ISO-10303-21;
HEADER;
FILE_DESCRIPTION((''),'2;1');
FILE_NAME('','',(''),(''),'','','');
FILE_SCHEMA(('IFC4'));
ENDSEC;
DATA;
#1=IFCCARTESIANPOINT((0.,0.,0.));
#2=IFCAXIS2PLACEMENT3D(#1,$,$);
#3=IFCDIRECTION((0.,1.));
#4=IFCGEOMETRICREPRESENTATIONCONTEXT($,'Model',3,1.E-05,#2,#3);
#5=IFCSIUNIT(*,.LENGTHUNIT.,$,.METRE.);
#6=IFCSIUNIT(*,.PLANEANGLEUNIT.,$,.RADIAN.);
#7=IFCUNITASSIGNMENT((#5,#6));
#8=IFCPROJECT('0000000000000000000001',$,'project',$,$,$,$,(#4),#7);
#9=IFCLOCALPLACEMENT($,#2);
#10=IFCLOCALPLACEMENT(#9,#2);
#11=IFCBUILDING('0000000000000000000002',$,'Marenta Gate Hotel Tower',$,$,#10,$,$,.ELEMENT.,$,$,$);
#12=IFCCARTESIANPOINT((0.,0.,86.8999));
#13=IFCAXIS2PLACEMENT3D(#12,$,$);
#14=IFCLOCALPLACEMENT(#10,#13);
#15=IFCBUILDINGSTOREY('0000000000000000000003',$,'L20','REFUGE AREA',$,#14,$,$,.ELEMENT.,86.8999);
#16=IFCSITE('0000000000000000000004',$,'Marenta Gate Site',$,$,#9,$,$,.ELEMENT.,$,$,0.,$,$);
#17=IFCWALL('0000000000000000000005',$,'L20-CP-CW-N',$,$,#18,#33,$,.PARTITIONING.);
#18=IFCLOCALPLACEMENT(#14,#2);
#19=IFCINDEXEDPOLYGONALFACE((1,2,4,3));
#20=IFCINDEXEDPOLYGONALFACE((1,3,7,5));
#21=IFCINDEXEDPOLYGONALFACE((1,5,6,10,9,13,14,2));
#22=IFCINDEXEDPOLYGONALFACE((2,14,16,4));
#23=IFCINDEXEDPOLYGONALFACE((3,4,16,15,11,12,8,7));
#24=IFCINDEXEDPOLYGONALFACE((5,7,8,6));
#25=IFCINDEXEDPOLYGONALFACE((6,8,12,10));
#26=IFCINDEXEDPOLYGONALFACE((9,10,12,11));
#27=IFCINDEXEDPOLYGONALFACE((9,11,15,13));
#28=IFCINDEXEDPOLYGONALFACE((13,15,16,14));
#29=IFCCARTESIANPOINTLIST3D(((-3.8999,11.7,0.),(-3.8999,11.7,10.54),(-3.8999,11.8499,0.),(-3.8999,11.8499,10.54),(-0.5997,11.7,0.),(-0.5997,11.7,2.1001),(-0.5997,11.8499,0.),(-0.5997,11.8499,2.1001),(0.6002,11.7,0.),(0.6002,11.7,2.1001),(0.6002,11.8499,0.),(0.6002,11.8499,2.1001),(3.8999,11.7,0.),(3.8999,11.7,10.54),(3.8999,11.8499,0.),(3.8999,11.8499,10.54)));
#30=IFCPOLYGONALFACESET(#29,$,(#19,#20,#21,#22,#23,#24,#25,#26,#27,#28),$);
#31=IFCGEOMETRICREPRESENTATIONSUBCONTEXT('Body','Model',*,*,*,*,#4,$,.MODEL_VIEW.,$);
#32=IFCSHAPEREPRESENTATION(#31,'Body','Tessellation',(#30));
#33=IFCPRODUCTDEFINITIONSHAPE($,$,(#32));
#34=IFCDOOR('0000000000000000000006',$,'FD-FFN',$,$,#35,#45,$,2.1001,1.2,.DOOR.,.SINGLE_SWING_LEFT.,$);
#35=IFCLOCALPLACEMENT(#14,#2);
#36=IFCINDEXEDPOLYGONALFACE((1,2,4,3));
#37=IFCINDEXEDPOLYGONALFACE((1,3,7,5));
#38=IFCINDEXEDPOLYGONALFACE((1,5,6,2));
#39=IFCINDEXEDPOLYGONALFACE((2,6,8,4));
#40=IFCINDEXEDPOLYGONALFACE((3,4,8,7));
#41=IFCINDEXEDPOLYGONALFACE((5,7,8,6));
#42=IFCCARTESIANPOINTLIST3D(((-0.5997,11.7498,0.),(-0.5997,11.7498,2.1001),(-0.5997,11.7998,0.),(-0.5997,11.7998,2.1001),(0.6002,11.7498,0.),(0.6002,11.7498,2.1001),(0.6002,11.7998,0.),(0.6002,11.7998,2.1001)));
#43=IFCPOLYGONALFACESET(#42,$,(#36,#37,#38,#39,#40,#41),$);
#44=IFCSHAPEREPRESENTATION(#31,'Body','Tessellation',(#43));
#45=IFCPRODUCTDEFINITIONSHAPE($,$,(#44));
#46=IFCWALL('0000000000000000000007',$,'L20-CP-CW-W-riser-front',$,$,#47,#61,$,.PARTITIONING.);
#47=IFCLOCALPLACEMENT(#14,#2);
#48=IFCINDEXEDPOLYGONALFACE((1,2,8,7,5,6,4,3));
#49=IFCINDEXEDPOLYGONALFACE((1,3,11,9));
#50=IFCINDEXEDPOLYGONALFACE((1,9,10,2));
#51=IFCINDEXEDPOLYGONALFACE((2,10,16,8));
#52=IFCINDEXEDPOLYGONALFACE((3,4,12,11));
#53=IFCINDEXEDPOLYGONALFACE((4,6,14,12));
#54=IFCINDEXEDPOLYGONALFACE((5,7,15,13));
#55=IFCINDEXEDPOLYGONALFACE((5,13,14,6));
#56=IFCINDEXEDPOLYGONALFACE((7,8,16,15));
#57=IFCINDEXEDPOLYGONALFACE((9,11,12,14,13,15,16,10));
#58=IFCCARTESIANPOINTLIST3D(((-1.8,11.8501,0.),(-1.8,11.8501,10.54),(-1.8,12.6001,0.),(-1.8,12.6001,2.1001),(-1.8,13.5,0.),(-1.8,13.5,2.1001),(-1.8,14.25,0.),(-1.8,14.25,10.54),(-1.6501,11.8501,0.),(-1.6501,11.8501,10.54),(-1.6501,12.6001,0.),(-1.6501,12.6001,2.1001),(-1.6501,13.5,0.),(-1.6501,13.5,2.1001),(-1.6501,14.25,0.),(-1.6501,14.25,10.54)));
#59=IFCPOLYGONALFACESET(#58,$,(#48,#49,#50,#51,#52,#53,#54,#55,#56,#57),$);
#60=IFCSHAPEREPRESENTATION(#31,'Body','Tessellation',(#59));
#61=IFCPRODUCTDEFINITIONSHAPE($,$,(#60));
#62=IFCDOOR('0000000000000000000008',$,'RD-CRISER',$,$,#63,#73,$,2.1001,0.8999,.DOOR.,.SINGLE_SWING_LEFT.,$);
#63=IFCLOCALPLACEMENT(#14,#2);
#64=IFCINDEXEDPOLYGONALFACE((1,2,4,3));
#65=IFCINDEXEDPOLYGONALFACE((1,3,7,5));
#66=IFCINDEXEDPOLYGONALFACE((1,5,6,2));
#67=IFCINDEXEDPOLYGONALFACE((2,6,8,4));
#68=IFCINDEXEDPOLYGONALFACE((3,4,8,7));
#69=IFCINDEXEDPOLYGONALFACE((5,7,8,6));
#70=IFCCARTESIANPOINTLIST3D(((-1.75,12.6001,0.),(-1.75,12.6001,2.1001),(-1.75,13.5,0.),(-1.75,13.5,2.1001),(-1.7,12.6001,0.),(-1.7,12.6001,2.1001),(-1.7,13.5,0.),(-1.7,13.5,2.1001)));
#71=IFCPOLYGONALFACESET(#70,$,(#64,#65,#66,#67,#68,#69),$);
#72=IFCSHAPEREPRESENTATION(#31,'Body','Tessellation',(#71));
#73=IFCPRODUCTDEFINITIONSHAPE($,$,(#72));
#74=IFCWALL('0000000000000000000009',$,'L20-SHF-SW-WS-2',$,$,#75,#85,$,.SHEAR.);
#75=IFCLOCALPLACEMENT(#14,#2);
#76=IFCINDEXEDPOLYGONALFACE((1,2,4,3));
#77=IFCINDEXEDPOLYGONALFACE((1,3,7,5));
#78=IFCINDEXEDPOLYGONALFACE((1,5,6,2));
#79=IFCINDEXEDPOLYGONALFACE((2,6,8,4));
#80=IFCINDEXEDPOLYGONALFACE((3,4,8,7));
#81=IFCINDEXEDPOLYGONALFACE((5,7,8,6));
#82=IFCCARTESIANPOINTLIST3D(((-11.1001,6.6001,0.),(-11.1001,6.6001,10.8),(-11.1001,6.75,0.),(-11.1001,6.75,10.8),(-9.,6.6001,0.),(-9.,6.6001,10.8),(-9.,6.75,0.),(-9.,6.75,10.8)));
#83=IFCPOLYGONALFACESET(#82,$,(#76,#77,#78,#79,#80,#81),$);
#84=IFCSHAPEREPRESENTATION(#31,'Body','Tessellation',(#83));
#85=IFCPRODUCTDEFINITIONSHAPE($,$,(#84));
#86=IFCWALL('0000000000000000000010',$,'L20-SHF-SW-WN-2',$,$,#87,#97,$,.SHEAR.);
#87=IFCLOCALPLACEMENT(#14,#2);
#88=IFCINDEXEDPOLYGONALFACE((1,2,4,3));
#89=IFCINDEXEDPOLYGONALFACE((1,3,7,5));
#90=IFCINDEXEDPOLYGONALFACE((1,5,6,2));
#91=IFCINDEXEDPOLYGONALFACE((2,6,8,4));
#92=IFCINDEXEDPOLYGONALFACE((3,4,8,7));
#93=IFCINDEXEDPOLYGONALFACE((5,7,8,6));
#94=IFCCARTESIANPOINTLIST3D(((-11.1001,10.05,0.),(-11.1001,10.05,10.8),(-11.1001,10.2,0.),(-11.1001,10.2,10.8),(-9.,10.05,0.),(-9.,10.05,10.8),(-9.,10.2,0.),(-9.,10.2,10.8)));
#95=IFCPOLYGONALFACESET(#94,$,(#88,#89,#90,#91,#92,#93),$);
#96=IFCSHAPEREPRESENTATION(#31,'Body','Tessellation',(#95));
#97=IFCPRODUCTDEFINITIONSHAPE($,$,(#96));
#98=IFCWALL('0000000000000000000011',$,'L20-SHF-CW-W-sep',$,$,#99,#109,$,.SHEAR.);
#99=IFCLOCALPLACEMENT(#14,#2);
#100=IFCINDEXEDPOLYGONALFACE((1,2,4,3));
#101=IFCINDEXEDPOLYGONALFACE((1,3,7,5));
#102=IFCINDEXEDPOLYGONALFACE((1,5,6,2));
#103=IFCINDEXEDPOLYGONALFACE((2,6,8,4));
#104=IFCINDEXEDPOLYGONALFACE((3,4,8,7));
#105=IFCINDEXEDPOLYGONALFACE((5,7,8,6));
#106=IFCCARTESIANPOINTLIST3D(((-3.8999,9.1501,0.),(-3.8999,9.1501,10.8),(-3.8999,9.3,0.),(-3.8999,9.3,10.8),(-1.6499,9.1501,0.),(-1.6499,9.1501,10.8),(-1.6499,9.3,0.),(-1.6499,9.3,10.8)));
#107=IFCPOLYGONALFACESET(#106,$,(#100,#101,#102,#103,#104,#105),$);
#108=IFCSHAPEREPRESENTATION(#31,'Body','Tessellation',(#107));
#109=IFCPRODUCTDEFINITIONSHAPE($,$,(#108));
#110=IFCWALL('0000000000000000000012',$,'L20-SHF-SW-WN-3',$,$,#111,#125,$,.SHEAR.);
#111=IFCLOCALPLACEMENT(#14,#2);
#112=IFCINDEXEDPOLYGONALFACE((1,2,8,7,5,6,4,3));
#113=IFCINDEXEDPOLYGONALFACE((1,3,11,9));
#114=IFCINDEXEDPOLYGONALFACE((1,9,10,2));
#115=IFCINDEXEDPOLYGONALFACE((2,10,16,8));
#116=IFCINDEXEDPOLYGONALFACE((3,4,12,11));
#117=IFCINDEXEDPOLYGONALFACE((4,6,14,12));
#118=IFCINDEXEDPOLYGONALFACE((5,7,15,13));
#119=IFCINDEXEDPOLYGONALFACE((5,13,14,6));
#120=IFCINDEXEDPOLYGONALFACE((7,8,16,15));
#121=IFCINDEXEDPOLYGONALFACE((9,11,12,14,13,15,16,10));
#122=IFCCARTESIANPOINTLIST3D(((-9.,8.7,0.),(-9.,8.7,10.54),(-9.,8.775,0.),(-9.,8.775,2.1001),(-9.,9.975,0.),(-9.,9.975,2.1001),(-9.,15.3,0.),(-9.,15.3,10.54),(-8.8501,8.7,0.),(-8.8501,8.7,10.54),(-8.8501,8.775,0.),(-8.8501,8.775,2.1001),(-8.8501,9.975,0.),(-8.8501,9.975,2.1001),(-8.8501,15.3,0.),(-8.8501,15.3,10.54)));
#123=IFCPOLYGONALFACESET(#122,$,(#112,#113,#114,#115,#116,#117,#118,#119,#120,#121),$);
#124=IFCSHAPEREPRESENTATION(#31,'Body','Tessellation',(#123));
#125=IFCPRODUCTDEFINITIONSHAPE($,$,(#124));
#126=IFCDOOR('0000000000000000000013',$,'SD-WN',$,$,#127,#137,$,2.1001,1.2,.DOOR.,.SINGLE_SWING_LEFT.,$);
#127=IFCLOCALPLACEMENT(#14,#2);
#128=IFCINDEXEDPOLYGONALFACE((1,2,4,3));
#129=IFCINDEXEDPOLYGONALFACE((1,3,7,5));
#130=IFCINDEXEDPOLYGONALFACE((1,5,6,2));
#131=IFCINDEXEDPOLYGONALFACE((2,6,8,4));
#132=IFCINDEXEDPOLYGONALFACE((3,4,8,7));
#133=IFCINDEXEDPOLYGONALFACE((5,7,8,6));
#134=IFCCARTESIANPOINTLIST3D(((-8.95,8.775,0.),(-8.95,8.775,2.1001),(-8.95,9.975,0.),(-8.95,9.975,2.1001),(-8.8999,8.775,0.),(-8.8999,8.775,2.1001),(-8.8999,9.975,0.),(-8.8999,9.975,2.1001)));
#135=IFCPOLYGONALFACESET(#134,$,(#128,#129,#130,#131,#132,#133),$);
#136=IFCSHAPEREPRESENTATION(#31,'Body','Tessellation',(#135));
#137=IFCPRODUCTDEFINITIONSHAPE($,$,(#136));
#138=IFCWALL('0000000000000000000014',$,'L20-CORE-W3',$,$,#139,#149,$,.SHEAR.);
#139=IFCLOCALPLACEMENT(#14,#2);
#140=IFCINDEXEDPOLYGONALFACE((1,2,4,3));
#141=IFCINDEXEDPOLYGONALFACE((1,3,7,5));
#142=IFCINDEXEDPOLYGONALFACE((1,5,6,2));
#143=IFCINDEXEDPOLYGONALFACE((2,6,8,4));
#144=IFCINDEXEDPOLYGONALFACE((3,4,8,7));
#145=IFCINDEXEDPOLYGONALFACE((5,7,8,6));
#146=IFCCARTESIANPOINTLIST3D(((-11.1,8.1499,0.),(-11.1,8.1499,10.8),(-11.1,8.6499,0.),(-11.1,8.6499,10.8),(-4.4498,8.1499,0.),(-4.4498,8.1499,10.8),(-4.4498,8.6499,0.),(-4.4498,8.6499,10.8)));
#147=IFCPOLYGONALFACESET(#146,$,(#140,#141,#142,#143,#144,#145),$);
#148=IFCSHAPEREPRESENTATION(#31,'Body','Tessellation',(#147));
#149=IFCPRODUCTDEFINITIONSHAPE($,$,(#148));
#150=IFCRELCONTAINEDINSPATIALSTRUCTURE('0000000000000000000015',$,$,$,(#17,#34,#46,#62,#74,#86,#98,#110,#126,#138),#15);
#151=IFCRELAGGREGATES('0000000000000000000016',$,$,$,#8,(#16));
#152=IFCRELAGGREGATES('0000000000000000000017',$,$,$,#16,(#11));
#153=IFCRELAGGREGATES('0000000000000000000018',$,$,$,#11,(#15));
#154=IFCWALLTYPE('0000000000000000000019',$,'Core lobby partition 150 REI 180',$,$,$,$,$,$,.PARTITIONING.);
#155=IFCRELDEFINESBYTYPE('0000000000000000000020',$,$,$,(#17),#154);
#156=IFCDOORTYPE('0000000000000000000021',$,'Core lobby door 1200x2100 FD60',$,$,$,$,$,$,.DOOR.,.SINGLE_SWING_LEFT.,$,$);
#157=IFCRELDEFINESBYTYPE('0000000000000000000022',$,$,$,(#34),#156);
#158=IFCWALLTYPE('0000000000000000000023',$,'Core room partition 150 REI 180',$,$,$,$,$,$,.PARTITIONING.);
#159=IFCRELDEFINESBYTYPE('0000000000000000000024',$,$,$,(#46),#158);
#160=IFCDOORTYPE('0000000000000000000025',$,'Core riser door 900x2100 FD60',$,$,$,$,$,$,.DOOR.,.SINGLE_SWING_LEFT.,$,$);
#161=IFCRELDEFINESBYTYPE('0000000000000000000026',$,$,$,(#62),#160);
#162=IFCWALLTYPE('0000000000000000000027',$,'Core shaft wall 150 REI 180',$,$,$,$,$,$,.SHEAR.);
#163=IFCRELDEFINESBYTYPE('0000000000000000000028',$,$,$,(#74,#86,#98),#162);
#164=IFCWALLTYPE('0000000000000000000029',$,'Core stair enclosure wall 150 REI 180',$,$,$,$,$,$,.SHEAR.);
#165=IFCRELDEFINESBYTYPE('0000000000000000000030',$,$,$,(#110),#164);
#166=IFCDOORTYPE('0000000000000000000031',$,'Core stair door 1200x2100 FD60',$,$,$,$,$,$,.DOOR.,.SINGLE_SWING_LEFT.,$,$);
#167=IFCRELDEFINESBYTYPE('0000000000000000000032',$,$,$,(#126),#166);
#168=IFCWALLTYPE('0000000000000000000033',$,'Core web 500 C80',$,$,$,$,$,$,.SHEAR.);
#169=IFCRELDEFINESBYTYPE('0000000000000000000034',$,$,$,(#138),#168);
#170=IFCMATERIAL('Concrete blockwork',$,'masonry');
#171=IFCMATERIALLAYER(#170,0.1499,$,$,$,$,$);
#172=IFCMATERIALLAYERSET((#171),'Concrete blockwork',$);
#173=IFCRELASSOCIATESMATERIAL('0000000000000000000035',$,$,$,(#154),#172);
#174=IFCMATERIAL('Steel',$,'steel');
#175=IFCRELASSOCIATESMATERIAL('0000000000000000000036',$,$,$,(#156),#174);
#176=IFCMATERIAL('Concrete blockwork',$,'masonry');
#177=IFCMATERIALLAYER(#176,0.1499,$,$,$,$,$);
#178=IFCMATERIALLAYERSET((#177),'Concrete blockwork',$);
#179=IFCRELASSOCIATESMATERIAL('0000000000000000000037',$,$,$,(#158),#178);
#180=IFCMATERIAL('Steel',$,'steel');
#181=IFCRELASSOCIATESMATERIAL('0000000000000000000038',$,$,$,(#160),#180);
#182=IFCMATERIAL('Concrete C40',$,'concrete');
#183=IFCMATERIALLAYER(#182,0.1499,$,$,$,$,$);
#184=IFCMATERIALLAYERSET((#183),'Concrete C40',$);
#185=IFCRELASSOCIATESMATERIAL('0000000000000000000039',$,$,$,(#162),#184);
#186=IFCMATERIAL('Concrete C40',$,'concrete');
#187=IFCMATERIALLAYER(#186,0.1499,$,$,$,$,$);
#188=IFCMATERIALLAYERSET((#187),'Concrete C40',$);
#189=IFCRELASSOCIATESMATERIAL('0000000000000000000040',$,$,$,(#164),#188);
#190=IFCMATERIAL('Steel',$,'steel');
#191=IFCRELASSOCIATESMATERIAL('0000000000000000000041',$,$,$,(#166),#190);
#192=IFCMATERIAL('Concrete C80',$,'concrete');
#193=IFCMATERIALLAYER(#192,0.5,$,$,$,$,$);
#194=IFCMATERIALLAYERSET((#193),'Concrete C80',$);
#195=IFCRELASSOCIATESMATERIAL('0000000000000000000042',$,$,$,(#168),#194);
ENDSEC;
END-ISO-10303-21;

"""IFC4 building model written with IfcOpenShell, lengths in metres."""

from ifc_helpers import new_model, si_unit, direction, frame, frame_2d, origin, place, context, subcontext, project, spatial, rectangle, extrude, material, layer, layer_set, type_object, element, fill, save


model = new_model("IFC4")

# Units and contexts
model_context = context("Model", 3, precision=1e-05, world=origin(), true_north=direction((0.0, 1.0)))
body_context = subcontext(model_context, "Body", "Model", "MODEL_VIEW")
ifc_project = project(units=[si_unit("LENGTHUNIT", "METRE"), si_unit("PLANEANGLEUNIT", "RADIAN")], contexts=[model_context])

# Site, building, storey
site_placement = place(None, origin())
site = spatial("IfcSite", under=ifc_project, at=site_placement, Name="Marenta Gate Site", CompositionType="ELEMENT", RefElevation=0.0)
building_placement = place(site_placement, origin())
building = spatial("IfcBuilding", under=site, at=building_placement, Name="Marenta Gate Hotel Tower", CompositionType="ELEMENT")
storey_placement = place(building_placement, frame((0.0, 0.0, 86.8999)))
storey = spatial("IfcBuildingStorey", under=building, at=storey_placement, Name="L20", Description="REFUGE AREA", CompositionType="ELEMENT", Elevation=86.8999)

# Walls, openings, doors
ifc_material_1 = material(Name="Concrete blockwork", Category="masonry")
ifc_layer_1 = layer(ifc_material_1, 0.1499)
ifc_layer_set_1 = layer_set([ifc_layer_1], Name="Concrete blockwork")
wall_type_1 = type_object("IfcWallType", Name="Core lobby partition 150 REI 180", PredefinedType="PARTITIONING", material=ifc_layer_set_1)
wall_1_placement = place(storey_placement, frame((-3.8999, 11.7749, 0.0), z_axis=(0.0, 0.0, 1.0), x_axis=(1.0, 0.0, 0.0)))
wall_1 = element("IfcWall", 1, at=wall_1_placement, inside=storey, type_object=wall_type_1, Name="L20-CP-CW-N", PredefinedType="PARTITIONING", context=body_context, shape_type="SweptSolid", body=[
    extrude(rectangle(XDim=7.7998, YDim=0.1499, at=frame_2d((3.8999, 0.0))), origin(), (0.0, 0.0, 1.0), 10.54),
])
opening_1_placement = place(wall_1_placement, frame((3.3, 0.0, 0.0)))
opening_1 = element("IfcOpeningElement", 2, at=opening_1_placement, cuts=wall_1, PredefinedType="OPENING", context=body_context, shape_type="SweptSolid", body=[
    extrude(rectangle(XDim=1.2, YDim=2.1001, at=frame_2d((0.6001, 1.05))), frame((0.0, 0.075, 0.0), z_axis=(0.0, -1.0, 0.0), x_axis=(1.0, 0.0, 0.0)), (0.0, 0.0, 1.0), 0.1499),
])
ifc_material_2 = material(Name="Steel", Category="steel")
door_type_1 = type_object("IfcDoorType", Name="Core lobby door 1200x2100 FD60", OperationType="SINGLE_SWING_LEFT", PredefinedType="DOOR", material=ifc_material_2)
door_1_placement = place(opening_1_placement, origin())
door_1 = element("IfcDoor", 3, at=door_1_placement, inside=storey, type_object=door_type_1, Name="FD-FFN", OperationType="SINGLE_SWING_LEFT", OverallHeight=2.1001, OverallWidth=1.2, PredefinedType="DOOR", context=body_context, shape_type="SweptSolid", body=[
    extrude(rectangle(XDim=1.2, YDim=2.1001, at=frame_2d((0.6001, 1.05))), frame((0.0, 0.0249, 0.0), z_axis=(0.0, -1.0, 0.0), x_axis=(1.0, 0.0, 0.0)), (0.0, 0.0, 1.0), 0.05),
])
fill(opening_1, door_1)
ifc_material_3 = material(Name="Concrete blockwork", Category="masonry")
ifc_layer_2 = layer(ifc_material_3, 0.1499)
ifc_layer_set_2 = layer_set([ifc_layer_2], Name="Concrete blockwork")
wall_type_2 = type_object("IfcWallType", Name="Core room partition 150 REI 180", PredefinedType="PARTITIONING", material=ifc_layer_set_2)
wall_2_placement = place(storey_placement, frame((-1.7251, 11.8501, 0.0), z_axis=(0.0, 0.0, 1.0), x_axis=(0.0, 1.0, 0.0)))
wall_2 = element("IfcWall", 4, at=wall_2_placement, inside=storey, type_object=wall_type_2, Name="L20-CP-CW-W-riser-front", PredefinedType="PARTITIONING", context=body_context, shape_type="SweptSolid", body=[
    extrude(rectangle(XDim=2.3999, YDim=0.1499, at=frame_2d((1.2, 0.0))), origin(), (0.0, 0.0, 1.0), 10.54),
])
opening_2_placement = place(wall_2_placement, frame((0.75, 0.0, 0.0)))
opening_2 = element("IfcOpeningElement", 5, at=opening_2_placement, cuts=wall_2, PredefinedType="OPENING", context=body_context, shape_type="SweptSolid", body=[
    extrude(rectangle(XDim=0.8999, YDim=2.1001, at=frame_2d((0.45, 1.05))), frame((0.0, 0.075, 0.0), z_axis=(0.0, -1.0, 0.0), x_axis=(1.0, 0.0, 0.0)), (0.0, 0.0, 1.0), 0.1499),
])
ifc_material_4 = material(Name="Steel", Category="steel")
door_type_2 = type_object("IfcDoorType", Name="Core riser door 900x2100 FD60", OperationType="SINGLE_SWING_LEFT", PredefinedType="DOOR", material=ifc_material_4)
door_2_placement = place(opening_2_placement, origin())
door_2 = element("IfcDoor", 6, at=door_2_placement, inside=storey, type_object=door_type_2, Name="RD-CRISER", OperationType="SINGLE_SWING_LEFT", OverallHeight=2.1001, OverallWidth=0.8999, PredefinedType="DOOR", context=body_context, shape_type="SweptSolid", body=[
    extrude(rectangle(XDim=0.8999, YDim=2.1001, at=frame_2d((0.45, 1.05))), frame((0.0, 0.0249, 0.0), z_axis=(0.0, -1.0, 0.0), x_axis=(1.0, 0.0, 0.0)), (0.0, 0.0, 1.0), 0.05),
])
fill(opening_2, door_2)

# Walls
ifc_material_5 = material(Name="Concrete C40", Category="concrete")
ifc_layer_3 = layer(ifc_material_5, 0.1499)
ifc_layer_set_3 = layer_set([ifc_layer_3], Name="Concrete C40")
wall_type_3 = type_object("IfcWallType", Name="Core shaft wall 150 REI 180", PredefinedType="SHEAR", material=ifc_layer_set_3)
for number, where, z_axis, x_axis, name in (
    (7, (-11.1001, 6.675, 0.0), (0.0, 0.0, 1.0), (1.0, 0.0, 0.0), "L20-SHF-SW-WS-2"),
    (8, (-11.1001, 10.125, 0.0), (0.0, 0.0, 1.0), (1.0, 0.0, 0.0), "L20-SHF-SW-WN-2"),
):
    element("IfcWall", number, at=place(storey_placement, frame(where, z_axis=z_axis, x_axis=x_axis)), inside=storey, type_object=wall_type_3, Name=name, PredefinedType="SHEAR", context=body_context, shape_type="SweptSolid", body=[
        extrude(rectangle(XDim=2.1001, YDim=0.1499, at=frame_2d((1.05, 0.0))), origin(), (0.0, 0.0, 1.0), 10.8),
    ])
wall_3_placement = place(storey_placement, frame((-3.8999, 9.2251, 0.0), z_axis=(0.0, 0.0, 1.0), x_axis=(1.0, 0.0, 0.0)))
element("IfcWall", 9, at=wall_3_placement, inside=storey, type_object=wall_type_3, Name="L20-SHF-CW-W-sep", PredefinedType="SHEAR", context=body_context, shape_type="SweptSolid", body=[
    extrude(rectangle(XDim=2.25, YDim=0.1499, at=frame_2d((1.125, 0.0))), origin(), (0.0, 0.0, 1.0), 10.8),
])

# Wall, opening, door
ifc_material_6 = material(Name="Concrete C40", Category="concrete")
ifc_layer_4 = layer(ifc_material_6, 0.1499)
ifc_layer_set_4 = layer_set([ifc_layer_4], Name="Concrete C40")
wall_type_4 = type_object("IfcWallType", Name="Core stair enclosure wall 150 REI 180", PredefinedType="SHEAR", material=ifc_layer_set_4)
wall_4_placement = place(storey_placement, frame((-8.925, 8.7, 0.0), z_axis=(0.0, 0.0, 1.0), x_axis=(0.0, 1.0, 0.0)))
wall_4 = element("IfcWall", 10, at=wall_4_placement, inside=storey, type_object=wall_type_4, Name="L20-SHF-SW-WN-3", PredefinedType="SHEAR", context=body_context, shape_type="SweptSolid", body=[
    extrude(rectangle(XDim=6.6001, YDim=0.1499, at=frame_2d((3.3, 0.0))), origin(), (0.0, 0.0, 1.0), 10.54),
])
opening_3_placement = place(wall_4_placement, frame((0.075, 0.0, 0.0)))
opening_3 = element("IfcOpeningElement", 11, at=opening_3_placement, cuts=wall_4, PredefinedType="OPENING", context=body_context, shape_type="SweptSolid", body=[
    extrude(rectangle(XDim=1.2, YDim=2.1001, at=frame_2d((0.6001, 1.05))), frame((0.0, 0.075, 0.0), z_axis=(0.0, -1.0, 0.0), x_axis=(1.0, 0.0, 0.0)), (0.0, 0.0, 1.0), 0.1499),
])
ifc_material_7 = material(Name="Steel", Category="steel")
door_type_3 = type_object("IfcDoorType", Name="Core stair door 1200x2100 FD60", OperationType="SINGLE_SWING_LEFT", PredefinedType="DOOR", material=ifc_material_7)
door_3_placement = place(opening_3_placement, origin())
door_3 = element("IfcDoor", 12, at=door_3_placement, inside=storey, type_object=door_type_3, Name="SD-WN", OperationType="SINGLE_SWING_LEFT", OverallHeight=2.1001, OverallWidth=1.2, PredefinedType="DOOR", context=body_context, shape_type="SweptSolid", body=[
    extrude(rectangle(XDim=1.2, YDim=2.1001, at=frame_2d((0.6001, 1.05))), frame((0.0, 0.0249, 0.0), z_axis=(0.0, -1.0, 0.0), x_axis=(1.0, 0.0, 0.0)), (0.0, 0.0, 1.0), 0.05),
])
fill(opening_3, door_3)

# Wall
ifc_material_8 = material(Name="Concrete C80", Category="concrete")
ifc_layer_5 = layer(ifc_material_8, 0.5)
ifc_layer_set_5 = layer_set([ifc_layer_5], Name="Concrete C80")
wall_type_5 = type_object("IfcWallType", Name="Core web 500 C80", PredefinedType="SHEAR", material=ifc_layer_set_5)
wall_5_placement = place(storey_placement, frame((-11.1001, 8.3999, 0.0), z_axis=(0.0, 0.0, 1.0), x_axis=(1.0, 0.0, 0.0)))
element("IfcWall", 13, at=wall_5_placement, inside=storey, type_object=wall_type_5, Name="L20-CORE-W3", PredefinedType="SHEAR", context=body_context, shape_type="SweptSolid", body=[
    extrude(rectangle(XDim=6.6501, YDim=0.5, at=frame_2d((3.3252, 0.0))), origin(), (0.0, 0.0, 1.0), 10.8),
])

save(model, "model.ifc")
